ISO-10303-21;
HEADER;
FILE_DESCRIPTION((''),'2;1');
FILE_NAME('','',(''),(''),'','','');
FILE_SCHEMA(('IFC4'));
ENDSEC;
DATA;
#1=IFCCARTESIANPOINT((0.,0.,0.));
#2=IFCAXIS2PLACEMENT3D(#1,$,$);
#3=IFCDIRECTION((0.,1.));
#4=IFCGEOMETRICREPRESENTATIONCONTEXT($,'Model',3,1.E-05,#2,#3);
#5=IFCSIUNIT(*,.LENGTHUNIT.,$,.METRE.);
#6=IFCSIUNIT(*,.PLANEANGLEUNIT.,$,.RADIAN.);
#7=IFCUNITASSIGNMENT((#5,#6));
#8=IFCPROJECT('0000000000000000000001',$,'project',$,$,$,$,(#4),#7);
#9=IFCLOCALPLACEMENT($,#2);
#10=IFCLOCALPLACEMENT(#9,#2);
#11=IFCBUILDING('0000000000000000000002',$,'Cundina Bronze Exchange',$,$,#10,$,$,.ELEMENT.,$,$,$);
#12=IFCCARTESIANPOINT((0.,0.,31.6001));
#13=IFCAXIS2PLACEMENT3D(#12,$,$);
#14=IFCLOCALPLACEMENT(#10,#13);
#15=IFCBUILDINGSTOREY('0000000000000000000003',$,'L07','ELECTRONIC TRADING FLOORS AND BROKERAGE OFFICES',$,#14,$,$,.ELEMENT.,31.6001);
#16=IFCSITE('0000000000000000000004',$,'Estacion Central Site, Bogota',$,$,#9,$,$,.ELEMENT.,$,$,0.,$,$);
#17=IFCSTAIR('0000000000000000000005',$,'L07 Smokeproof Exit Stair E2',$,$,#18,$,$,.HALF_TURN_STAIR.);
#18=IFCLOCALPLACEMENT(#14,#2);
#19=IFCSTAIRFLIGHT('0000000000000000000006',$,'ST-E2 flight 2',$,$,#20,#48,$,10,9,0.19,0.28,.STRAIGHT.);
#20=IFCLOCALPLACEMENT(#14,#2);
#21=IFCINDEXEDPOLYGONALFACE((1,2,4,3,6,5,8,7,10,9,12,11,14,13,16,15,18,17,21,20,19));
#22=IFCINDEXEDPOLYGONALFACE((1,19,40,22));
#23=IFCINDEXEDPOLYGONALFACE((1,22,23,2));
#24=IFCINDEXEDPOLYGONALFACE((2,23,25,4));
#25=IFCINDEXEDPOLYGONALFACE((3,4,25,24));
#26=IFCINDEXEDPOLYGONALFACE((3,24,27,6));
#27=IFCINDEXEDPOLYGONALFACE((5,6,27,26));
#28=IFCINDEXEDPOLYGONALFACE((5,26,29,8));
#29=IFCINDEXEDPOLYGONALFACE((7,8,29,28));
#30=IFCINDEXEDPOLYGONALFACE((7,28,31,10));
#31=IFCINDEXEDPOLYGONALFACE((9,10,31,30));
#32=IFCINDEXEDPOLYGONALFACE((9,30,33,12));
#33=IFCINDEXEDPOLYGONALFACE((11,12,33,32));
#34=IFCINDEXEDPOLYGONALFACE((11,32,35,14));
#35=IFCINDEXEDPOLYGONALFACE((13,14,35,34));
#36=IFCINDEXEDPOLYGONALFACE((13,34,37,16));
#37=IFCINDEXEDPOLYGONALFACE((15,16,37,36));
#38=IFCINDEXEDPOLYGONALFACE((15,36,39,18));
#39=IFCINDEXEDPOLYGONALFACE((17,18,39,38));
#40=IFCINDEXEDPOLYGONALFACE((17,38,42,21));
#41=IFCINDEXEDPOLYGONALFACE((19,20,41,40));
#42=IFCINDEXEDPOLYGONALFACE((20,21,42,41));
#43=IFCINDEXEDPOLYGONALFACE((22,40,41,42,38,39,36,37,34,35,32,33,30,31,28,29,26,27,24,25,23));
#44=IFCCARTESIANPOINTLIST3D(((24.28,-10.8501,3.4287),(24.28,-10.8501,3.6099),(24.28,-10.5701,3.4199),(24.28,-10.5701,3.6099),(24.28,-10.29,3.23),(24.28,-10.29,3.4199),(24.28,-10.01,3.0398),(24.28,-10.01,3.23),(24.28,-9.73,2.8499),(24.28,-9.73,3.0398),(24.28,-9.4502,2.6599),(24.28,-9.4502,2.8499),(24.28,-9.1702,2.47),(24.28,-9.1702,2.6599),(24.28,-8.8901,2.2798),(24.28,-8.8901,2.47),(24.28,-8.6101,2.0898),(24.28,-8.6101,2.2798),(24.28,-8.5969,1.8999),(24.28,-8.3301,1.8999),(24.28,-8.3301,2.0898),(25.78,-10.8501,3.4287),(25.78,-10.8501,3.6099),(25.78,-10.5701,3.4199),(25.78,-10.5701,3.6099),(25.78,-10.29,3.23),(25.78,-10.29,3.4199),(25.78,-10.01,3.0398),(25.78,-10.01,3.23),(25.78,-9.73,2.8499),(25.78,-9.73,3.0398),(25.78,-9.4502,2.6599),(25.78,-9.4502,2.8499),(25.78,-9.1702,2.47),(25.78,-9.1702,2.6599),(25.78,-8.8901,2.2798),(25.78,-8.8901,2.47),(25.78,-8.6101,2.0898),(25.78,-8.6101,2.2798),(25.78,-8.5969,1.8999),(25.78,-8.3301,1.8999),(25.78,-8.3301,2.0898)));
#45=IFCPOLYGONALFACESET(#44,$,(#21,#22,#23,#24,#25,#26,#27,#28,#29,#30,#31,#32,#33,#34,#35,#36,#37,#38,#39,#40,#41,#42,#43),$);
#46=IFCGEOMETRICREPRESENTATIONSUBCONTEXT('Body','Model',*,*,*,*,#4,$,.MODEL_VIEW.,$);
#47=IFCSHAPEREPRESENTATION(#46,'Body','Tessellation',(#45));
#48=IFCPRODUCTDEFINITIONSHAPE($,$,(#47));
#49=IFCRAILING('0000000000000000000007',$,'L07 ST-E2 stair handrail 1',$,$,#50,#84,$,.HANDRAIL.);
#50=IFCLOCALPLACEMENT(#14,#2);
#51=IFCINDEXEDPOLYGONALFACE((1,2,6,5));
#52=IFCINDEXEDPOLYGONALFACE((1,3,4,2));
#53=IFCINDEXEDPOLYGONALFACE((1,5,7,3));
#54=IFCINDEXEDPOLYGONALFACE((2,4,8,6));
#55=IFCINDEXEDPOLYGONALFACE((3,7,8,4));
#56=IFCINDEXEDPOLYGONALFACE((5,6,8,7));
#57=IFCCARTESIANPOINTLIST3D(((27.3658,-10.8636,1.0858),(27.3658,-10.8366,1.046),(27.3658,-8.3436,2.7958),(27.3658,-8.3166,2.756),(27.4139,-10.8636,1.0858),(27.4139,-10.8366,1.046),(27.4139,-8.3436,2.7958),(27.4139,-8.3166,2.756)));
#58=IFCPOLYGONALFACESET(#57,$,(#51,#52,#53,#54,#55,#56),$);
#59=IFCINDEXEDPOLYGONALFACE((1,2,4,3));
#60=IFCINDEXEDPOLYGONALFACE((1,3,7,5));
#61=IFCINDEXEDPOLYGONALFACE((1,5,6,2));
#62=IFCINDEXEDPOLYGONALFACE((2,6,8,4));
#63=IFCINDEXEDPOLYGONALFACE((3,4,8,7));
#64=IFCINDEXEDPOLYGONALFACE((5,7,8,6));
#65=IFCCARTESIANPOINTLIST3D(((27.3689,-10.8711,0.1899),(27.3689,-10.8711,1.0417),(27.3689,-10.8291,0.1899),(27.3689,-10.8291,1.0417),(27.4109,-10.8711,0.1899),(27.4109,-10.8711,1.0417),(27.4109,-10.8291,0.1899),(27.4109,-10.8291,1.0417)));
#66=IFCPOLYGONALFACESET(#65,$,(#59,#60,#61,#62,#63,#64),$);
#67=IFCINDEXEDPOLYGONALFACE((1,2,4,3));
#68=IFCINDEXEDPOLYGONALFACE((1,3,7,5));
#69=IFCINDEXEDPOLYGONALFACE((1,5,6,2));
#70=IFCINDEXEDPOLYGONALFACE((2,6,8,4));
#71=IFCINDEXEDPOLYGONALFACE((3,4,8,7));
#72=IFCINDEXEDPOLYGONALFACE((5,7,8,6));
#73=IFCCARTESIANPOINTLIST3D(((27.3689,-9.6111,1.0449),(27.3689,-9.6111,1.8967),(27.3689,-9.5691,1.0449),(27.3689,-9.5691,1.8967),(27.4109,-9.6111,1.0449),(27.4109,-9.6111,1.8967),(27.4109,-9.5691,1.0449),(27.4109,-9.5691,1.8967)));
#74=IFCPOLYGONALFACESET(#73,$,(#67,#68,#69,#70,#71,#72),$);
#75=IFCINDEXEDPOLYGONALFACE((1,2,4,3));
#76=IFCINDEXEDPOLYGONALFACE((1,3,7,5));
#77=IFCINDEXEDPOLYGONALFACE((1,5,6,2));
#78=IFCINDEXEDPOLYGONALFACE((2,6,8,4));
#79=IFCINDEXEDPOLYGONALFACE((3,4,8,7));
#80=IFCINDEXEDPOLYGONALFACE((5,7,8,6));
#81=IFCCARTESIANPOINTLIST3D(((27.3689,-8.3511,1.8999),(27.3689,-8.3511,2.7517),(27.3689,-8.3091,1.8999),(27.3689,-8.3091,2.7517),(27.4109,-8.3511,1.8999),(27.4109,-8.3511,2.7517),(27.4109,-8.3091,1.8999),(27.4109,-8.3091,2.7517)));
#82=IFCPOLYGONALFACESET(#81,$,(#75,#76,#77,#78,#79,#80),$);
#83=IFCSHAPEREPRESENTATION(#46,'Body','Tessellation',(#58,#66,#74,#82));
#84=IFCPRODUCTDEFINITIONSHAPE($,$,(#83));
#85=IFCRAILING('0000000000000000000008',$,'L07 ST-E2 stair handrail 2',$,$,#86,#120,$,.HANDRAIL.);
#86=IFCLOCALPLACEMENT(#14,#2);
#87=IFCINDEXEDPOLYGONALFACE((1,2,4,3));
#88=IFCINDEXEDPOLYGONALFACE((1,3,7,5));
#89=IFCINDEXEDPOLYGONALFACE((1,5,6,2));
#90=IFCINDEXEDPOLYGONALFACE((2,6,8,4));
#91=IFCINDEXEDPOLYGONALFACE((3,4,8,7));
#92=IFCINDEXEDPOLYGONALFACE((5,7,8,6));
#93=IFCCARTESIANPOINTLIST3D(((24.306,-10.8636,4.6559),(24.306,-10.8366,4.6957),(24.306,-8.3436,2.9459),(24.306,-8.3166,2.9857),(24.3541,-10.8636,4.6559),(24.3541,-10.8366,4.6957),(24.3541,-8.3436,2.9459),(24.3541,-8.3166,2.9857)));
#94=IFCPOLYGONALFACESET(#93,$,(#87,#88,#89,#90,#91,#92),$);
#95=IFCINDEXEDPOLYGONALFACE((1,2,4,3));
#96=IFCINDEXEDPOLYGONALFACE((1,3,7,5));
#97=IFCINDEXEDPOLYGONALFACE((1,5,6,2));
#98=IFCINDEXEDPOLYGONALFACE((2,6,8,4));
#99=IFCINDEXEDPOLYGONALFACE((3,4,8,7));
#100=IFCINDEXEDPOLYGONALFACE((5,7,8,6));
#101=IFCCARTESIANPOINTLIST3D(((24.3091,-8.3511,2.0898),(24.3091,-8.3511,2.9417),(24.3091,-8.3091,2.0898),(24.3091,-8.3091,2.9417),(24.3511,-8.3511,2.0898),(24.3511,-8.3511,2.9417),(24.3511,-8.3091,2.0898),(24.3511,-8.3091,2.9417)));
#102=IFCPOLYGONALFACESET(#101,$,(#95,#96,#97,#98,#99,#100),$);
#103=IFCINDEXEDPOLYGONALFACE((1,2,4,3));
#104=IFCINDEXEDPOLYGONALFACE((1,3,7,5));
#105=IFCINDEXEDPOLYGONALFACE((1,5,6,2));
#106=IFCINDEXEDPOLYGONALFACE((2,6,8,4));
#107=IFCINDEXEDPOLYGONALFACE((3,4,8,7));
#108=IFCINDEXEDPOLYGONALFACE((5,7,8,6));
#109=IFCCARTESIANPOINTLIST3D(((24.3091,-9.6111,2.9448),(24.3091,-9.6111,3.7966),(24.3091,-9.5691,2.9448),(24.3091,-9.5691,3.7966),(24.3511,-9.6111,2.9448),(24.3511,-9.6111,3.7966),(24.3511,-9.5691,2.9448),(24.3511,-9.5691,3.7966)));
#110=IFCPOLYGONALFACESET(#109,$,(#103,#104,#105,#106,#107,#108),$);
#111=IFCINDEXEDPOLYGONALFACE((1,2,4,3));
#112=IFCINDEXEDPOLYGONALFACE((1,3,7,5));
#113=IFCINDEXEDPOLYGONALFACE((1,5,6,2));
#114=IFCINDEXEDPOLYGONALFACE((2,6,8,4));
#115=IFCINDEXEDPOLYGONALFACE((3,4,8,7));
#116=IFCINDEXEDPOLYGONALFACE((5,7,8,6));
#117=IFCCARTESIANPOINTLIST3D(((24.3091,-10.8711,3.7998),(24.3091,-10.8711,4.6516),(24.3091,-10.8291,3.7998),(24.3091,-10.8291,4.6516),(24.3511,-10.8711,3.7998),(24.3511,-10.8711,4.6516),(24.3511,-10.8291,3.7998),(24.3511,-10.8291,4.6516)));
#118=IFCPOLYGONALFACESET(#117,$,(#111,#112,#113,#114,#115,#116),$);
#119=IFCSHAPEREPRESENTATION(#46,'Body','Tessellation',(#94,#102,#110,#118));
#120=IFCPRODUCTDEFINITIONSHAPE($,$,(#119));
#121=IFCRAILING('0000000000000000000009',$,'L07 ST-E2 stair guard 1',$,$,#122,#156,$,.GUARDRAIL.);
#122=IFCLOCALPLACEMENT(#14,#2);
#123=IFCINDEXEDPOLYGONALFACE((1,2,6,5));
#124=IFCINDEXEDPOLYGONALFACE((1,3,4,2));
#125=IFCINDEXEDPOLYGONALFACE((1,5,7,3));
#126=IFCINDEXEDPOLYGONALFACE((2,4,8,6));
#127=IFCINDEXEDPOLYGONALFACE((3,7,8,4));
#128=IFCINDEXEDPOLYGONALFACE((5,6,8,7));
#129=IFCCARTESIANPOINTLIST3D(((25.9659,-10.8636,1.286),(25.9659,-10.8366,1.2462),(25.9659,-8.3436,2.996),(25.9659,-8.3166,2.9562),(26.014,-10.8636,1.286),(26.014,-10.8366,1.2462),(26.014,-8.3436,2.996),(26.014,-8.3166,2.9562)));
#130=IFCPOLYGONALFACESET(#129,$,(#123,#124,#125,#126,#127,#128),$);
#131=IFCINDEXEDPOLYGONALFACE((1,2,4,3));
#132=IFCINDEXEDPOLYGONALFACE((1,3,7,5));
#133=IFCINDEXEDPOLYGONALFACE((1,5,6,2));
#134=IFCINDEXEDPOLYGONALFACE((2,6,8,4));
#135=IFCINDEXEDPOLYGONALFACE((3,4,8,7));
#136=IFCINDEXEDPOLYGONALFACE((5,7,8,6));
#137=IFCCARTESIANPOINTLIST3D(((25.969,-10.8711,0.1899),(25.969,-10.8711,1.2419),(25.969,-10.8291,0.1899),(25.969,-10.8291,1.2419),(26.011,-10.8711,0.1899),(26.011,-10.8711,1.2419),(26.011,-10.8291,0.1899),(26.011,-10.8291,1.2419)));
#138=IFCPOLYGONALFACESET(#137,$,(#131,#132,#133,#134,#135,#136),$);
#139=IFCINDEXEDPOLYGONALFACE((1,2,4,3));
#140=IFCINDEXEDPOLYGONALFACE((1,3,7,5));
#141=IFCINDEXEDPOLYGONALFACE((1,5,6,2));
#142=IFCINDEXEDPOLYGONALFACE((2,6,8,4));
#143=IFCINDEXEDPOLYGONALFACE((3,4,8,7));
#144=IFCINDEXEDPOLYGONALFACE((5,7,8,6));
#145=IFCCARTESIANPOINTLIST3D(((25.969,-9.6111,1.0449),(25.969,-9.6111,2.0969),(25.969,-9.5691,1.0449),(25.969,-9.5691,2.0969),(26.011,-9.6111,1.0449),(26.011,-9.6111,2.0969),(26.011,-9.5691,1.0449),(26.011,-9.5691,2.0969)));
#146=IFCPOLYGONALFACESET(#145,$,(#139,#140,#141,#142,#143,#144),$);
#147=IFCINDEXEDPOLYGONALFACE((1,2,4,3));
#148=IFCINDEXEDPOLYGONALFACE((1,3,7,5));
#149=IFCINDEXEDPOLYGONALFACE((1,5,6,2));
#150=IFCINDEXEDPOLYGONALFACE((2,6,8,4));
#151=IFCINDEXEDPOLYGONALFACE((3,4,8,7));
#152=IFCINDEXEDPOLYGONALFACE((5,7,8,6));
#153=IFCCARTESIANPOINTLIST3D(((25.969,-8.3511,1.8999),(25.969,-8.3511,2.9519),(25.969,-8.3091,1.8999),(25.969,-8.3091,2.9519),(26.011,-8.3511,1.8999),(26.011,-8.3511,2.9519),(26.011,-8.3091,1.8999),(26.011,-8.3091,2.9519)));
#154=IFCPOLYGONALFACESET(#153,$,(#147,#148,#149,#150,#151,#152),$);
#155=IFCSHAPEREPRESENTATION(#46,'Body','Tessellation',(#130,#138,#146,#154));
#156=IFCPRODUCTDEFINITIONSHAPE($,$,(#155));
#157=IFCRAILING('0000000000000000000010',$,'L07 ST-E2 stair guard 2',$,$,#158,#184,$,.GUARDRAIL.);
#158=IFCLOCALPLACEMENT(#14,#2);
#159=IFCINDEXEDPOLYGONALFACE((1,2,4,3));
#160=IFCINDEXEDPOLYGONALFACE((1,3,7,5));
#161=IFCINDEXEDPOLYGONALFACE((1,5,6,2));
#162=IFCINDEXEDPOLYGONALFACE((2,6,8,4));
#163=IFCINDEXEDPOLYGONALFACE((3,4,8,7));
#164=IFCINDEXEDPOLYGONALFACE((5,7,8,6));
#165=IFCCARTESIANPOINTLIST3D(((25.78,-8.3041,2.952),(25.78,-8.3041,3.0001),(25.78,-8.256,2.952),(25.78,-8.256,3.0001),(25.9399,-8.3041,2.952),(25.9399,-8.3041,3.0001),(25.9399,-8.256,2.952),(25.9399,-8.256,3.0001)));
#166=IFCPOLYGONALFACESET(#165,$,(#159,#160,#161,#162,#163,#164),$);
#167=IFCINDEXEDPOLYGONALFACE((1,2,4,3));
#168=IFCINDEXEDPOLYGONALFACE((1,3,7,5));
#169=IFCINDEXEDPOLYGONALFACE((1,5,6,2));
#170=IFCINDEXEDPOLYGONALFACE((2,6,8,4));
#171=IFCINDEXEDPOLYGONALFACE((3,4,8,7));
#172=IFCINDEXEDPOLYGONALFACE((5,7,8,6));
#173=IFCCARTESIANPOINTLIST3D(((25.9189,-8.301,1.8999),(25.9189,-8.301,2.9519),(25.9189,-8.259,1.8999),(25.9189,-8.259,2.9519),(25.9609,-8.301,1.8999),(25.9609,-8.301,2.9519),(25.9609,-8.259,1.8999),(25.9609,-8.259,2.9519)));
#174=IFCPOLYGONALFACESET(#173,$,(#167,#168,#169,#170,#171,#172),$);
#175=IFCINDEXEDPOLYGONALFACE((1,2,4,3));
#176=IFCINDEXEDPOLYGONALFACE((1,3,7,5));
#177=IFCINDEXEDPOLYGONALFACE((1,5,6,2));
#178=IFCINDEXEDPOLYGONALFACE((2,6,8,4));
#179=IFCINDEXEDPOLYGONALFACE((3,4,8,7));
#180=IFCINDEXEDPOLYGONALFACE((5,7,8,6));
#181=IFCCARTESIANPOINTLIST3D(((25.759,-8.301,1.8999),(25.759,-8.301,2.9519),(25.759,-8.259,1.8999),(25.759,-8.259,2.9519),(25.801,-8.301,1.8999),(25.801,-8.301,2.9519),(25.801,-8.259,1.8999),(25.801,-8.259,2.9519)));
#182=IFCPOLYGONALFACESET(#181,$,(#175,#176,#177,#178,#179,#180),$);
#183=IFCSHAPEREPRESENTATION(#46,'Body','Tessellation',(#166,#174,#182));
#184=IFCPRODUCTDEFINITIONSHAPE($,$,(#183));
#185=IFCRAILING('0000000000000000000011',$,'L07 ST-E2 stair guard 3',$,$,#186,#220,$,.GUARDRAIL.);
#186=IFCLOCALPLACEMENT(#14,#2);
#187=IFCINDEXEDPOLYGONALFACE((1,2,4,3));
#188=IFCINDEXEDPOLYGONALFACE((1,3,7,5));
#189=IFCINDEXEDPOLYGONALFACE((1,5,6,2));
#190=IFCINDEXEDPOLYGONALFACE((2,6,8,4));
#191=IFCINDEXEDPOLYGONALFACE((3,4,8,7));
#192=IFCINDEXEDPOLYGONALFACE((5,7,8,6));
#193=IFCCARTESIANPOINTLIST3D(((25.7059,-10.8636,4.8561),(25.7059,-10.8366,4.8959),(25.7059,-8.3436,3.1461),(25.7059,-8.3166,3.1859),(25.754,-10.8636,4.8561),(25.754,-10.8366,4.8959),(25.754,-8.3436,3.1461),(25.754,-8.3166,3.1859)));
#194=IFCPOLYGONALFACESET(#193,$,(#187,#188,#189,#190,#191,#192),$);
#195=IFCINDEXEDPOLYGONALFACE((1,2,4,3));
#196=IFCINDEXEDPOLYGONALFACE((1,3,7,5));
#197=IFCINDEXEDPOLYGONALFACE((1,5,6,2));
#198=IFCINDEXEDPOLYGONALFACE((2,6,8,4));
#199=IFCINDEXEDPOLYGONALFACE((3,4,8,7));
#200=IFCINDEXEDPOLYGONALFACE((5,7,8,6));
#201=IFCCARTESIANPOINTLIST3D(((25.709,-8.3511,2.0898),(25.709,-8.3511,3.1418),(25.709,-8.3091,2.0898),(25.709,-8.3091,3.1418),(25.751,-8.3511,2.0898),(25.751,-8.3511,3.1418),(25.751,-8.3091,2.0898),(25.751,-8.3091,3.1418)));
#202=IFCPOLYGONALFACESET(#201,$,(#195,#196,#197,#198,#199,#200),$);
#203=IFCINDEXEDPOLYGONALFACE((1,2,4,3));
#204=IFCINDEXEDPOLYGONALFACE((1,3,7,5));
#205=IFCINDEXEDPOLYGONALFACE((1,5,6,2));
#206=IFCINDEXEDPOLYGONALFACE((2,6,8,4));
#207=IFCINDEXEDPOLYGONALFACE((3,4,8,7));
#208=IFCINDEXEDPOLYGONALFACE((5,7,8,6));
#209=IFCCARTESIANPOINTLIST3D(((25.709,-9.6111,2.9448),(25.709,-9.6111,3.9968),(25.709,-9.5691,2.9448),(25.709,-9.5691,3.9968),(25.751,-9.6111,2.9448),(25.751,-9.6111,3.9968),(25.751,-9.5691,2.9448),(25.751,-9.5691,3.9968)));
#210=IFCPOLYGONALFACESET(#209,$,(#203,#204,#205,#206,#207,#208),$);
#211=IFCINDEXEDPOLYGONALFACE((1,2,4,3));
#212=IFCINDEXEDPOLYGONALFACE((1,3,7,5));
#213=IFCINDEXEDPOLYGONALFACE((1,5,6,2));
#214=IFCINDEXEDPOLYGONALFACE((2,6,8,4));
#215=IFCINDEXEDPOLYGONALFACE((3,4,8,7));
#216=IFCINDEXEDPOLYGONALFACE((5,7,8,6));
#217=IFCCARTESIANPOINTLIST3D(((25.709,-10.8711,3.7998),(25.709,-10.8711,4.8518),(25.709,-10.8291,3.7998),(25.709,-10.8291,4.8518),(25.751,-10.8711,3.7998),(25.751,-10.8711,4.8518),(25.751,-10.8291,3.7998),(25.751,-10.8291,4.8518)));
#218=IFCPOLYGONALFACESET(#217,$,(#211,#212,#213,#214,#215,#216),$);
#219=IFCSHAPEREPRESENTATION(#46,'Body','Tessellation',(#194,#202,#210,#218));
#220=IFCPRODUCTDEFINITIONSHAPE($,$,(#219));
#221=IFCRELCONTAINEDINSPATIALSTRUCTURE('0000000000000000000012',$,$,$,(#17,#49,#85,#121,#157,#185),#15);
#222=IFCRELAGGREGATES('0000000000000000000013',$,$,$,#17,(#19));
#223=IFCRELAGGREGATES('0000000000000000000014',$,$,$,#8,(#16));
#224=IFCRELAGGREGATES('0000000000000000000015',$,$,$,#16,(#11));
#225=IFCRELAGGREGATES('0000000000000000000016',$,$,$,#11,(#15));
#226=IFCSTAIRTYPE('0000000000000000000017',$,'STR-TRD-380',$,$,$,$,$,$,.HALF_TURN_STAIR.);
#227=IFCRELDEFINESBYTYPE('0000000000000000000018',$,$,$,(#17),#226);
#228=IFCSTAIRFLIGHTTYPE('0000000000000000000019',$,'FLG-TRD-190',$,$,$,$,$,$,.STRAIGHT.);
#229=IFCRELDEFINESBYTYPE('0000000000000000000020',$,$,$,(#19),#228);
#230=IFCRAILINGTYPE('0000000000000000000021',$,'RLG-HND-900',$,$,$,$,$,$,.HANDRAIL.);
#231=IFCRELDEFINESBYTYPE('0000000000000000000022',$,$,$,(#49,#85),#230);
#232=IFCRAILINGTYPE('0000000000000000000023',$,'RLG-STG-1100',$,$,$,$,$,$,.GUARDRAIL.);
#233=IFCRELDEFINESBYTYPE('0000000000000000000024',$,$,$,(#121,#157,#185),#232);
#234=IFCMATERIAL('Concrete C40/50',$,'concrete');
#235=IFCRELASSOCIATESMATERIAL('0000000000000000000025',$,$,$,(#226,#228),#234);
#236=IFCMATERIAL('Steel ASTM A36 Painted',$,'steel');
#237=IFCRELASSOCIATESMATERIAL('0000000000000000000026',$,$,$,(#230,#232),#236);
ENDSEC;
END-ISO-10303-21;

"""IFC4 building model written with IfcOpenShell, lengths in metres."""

from ifc_helpers import new_model, si_unit, direction, frame, origin, origin_2d, place, context, subcontext, project, spatial, polyline, rectangle, outline, extrude, material, type_object, element, aggregate, save


model = new_model("IFC4")

# Units and contexts
model_context = context("Model", 3, precision=1e-05, world=origin(), true_north=direction((0.0, 1.0)))
body_context = subcontext(model_context, "Body", "Model", "MODEL_VIEW")
ifc_project = project(units=[si_unit("LENGTHUNIT", "METRE"), si_unit("PLANEANGLEUNIT", "RADIAN")], contexts=[model_context])

# Site, building, storey
site_placement = place(None, origin())
site = spatial("IfcSite", under=ifc_project, at=site_placement, Name="Estacion Central Site, Bogota", CompositionType="ELEMENT", RefElevation=0.0)
building_placement = place(site_placement, origin())
building = spatial("IfcBuilding", under=site, at=building_placement, Name="Cundina Bronze Exchange", CompositionType="ELEMENT")
storey_placement = place(building_placement, frame((0.0, 0.0, 31.6001)))
storey = spatial("IfcBuildingStorey", under=building, at=storey_placement, Name="L07", Description="ELECTRONIC TRADING FLOORS AND BROKERAGE OFFICES", CompositionType="ELEMENT", Elevation=31.6001)

# Shared definitions
ifc_material_1 = material(Name="Steel ASTM A36 Painted", Category="steel")

# Stair, stair flight
ifc_material_2 = material(Name="Concrete C40/50", Category="concrete")
stair_type = type_object("IfcStairType", Name="STR-TRD-380", PredefinedType="HALF_TURN_STAIR", material=ifc_material_2)
stair_placement = place(storey_placement, origin())
stair = element("IfcStair", 1, at=stair_placement, inside=storey, type_object=stair_type, Name="L07 Smokeproof Exit Stair E2", PredefinedType="HALF_TURN_STAIR")
stair_flight_type = type_object("IfcStairFlightType", Name="FLG-TRD-190", PredefinedType="STRAIGHT", material=ifc_material_2)
stair_flight_1_placement = place(storey_placement, frame((25.03, -8.3301, 1.8999), z_axis=(0.0, 0.0, 1.0), x_axis=(0.0, -1.0, 0.0)))
stair_flight_1 = element("IfcStairFlight", 2, at=stair_flight_1_placement, type_object=stair_flight_type, Name="ST-E2 flight 2", NumberOfRisers=10, NumberOfTreads=9, PredefinedType="STRAIGHT", RiserHeight=0.19, TreadLength=0.28, context=body_context, shape_type="SweptSolid", body=[
    extrude(outline(polyline([(0.0, 0.0), (0.0, 0.1899), (0.28, 0.1899), (0.28, 0.3799), (0.5601, 0.3799), (0.5601, 0.5701), (0.8401, 0.5701), (0.8401, 0.76), (1.1201, 0.76), (1.1201, 0.95), (1.3999, 0.95), (1.3999, 1.1399), (1.6799, 1.1399), (1.6799, 1.3301), (1.96, 1.3301), (1.96, 1.52), (2.24, 1.52), (2.24, 1.71), (2.52, 1.71), (2.52, 1.8999), (2.52, 1.5288), (0.2668, 0.0), (0.0, 0.0)])), frame((0.0, 0.75, 0.0), z_axis=(0.0, -1.0, 0.0), x_axis=(1.0, 0.0, 0.0)), (0.0, 0.0, 1.0), 1.5),
])
aggregate(stair, [stair_flight_1])

# Railings
railing_type_1 = type_object("IfcRailingType", Name="RLG-HND-900", PredefinedType="HANDRAIL", material=ifc_material_1)
railing_1_placement = place(storey_placement, frame((27.3899, -10.8501, 0.1899)))
element("IfcRailing", 3, at=railing_1_placement, inside=storey, type_object=railing_type_1, Name="L07 ST-E2 stair handrail 1", PredefinedType="HANDRAIL", context=body_context, shape_type="SweptSolid", body=[
    extrude(rectangle(XDim=0.0481, YDim=0.0481, at=origin_2d()), frame((0.0, 0.0, 0.876), z_axis=(0.0, 0.827484, 0.56149), x_axis=(-1.0, 0.0, 0.0)), (0.0, 0.0, 1.0), 3.0454),
    extrude(rectangle(XDim=0.042, YDim=0.042, at=origin_2d()), origin(), (0.0, 0.0, 1.0), 0.8518),
    extrude(rectangle(XDim=0.042, YDim=0.042, at=origin_2d()), frame((0.0, 1.26, 0.855)), (0.0, 0.0, 1.0), 0.8518),
    extrude(rectangle(XDim=0.042, YDim=0.042, at=origin_2d()), frame((0.0, 2.52, 1.71)), (0.0, 0.0, 1.0), 0.8518),
])
railing_2_placement = place(storey_placement, frame((24.3301, -8.3301, 2.0898)))
element("IfcRailing", 4, at=railing_2_placement, inside=storey, type_object=railing_type_1, Name="L07 ST-E2 stair handrail 2", PredefinedType="HANDRAIL", context=body_context, shape_type="SweptSolid", body=[
    extrude(rectangle(XDim=0.0481, YDim=0.0481, at=origin_2d()), frame((0.0, 0.0, 0.876), z_axis=(0.0, -0.827484, 0.56149), x_axis=(1.0, 0.0, 0.0)), (0.0, 0.0, 1.0), 3.0454),
    extrude(rectangle(XDim=0.042, YDim=0.042, at=origin_2d()), origin(), (0.0, 0.0, 1.0), 0.8518),
    extrude(rectangle(XDim=0.042, YDim=0.042, at=origin_2d()), frame((0.0, -1.26, 0.855)), (0.0, 0.0, 1.0), 0.8518),
    extrude(rectangle(XDim=0.042, YDim=0.042, at=origin_2d()), frame((0.0, -2.52, 1.71)), (0.0, 0.0, 1.0), 0.8518),
])
railing_type_2 = type_object("IfcRailingType", Name="RLG-STG-1100", PredefinedType="GUARDRAIL", material=ifc_material_1)
railing_3_placement = place(storey_placement, frame((25.99, -10.8501, 0.1899)))
element("IfcRailing", 5, at=railing_3_placement, inside=storey, type_object=railing_type_2, Name="L07 ST-E2 stair guard 1", PredefinedType="GUARDRAIL", context=body_context, shape_type="SweptSolid", body=[
    extrude(rectangle(XDim=0.0481, YDim=0.0481, at=origin_2d()), frame((0.0, 0.0, 1.0762), z_axis=(0.0, 0.827484, 0.56149), x_axis=(-1.0, 0.0, 0.0)), (0.0, 0.0, 1.0), 3.0454),
    extrude(rectangle(XDim=0.042, YDim=0.042, at=origin_2d()), origin(), (0.0, 0.0, 1.0), 1.052),
    extrude(rectangle(XDim=0.042, YDim=0.042, at=origin_2d()), frame((0.0, 1.26, 0.855)), (0.0, 0.0, 1.0), 1.052),
    extrude(rectangle(XDim=0.042, YDim=0.042, at=origin_2d()), frame((0.0, 2.52, 1.71)), (0.0, 0.0, 1.0), 1.052),
])
railing_4_placement = place(storey_placement, frame((25.9399, -8.28, 1.8999)))
element("IfcRailing", 6, at=railing_4_placement, inside=storey, type_object=railing_type_2, Name="L07 ST-E2 stair guard 2", PredefinedType="GUARDRAIL", context=body_context, shape_type="SweptSolid", body=[
    extrude(rectangle(XDim=0.0481, YDim=0.0481, at=origin_2d()), frame((0.0, 0.0, 1.0762), z_axis=(-1.0, 0.0, 0.0), x_axis=(0.0, -1.0, 0.0)), (0.0, 0.0, 1.0), 0.1599),
    extrude(rectangle(XDim=0.042, YDim=0.042, at=origin_2d()), origin(), (0.0, 0.0, 1.0), 1.052),
    extrude(rectangle(XDim=0.042, YDim=0.042, at=origin_2d()), frame((-0.1599, 0.0, 0.0)), (0.0, 0.0, 1.0), 1.052),
])
railing_5_placement = place(storey_placement, frame((25.73, -8.3301, 2.0898)))
element("IfcRailing", 7, at=railing_5_placement, inside=storey, type_object=railing_type_2, Name="L07 ST-E2 stair guard 3", PredefinedType="GUARDRAIL", context=body_context, shape_type="SweptSolid", body=[
    extrude(rectangle(XDim=0.0481, YDim=0.0481, at=origin_2d()), frame((0.0, 0.0, 1.0762), z_axis=(0.0, -0.827484, 0.56149), x_axis=(1.0, 0.0, 0.0)), (0.0, 0.0, 1.0), 3.0454),
    extrude(rectangle(XDim=0.042, YDim=0.042, at=origin_2d()), origin(), (0.0, 0.0, 1.0), 1.052),
    extrude(rectangle(XDim=0.042, YDim=0.042, at=origin_2d()), frame((0.0, -1.26, 0.855)), (0.0, 0.0, 1.0), 1.052),
    extrude(rectangle(XDim=0.042, YDim=0.042, at=origin_2d()), frame((0.0, -2.52, 1.71)), (0.0, 0.0, 1.0), 1.052),
])

save(model, "model.ifc")
